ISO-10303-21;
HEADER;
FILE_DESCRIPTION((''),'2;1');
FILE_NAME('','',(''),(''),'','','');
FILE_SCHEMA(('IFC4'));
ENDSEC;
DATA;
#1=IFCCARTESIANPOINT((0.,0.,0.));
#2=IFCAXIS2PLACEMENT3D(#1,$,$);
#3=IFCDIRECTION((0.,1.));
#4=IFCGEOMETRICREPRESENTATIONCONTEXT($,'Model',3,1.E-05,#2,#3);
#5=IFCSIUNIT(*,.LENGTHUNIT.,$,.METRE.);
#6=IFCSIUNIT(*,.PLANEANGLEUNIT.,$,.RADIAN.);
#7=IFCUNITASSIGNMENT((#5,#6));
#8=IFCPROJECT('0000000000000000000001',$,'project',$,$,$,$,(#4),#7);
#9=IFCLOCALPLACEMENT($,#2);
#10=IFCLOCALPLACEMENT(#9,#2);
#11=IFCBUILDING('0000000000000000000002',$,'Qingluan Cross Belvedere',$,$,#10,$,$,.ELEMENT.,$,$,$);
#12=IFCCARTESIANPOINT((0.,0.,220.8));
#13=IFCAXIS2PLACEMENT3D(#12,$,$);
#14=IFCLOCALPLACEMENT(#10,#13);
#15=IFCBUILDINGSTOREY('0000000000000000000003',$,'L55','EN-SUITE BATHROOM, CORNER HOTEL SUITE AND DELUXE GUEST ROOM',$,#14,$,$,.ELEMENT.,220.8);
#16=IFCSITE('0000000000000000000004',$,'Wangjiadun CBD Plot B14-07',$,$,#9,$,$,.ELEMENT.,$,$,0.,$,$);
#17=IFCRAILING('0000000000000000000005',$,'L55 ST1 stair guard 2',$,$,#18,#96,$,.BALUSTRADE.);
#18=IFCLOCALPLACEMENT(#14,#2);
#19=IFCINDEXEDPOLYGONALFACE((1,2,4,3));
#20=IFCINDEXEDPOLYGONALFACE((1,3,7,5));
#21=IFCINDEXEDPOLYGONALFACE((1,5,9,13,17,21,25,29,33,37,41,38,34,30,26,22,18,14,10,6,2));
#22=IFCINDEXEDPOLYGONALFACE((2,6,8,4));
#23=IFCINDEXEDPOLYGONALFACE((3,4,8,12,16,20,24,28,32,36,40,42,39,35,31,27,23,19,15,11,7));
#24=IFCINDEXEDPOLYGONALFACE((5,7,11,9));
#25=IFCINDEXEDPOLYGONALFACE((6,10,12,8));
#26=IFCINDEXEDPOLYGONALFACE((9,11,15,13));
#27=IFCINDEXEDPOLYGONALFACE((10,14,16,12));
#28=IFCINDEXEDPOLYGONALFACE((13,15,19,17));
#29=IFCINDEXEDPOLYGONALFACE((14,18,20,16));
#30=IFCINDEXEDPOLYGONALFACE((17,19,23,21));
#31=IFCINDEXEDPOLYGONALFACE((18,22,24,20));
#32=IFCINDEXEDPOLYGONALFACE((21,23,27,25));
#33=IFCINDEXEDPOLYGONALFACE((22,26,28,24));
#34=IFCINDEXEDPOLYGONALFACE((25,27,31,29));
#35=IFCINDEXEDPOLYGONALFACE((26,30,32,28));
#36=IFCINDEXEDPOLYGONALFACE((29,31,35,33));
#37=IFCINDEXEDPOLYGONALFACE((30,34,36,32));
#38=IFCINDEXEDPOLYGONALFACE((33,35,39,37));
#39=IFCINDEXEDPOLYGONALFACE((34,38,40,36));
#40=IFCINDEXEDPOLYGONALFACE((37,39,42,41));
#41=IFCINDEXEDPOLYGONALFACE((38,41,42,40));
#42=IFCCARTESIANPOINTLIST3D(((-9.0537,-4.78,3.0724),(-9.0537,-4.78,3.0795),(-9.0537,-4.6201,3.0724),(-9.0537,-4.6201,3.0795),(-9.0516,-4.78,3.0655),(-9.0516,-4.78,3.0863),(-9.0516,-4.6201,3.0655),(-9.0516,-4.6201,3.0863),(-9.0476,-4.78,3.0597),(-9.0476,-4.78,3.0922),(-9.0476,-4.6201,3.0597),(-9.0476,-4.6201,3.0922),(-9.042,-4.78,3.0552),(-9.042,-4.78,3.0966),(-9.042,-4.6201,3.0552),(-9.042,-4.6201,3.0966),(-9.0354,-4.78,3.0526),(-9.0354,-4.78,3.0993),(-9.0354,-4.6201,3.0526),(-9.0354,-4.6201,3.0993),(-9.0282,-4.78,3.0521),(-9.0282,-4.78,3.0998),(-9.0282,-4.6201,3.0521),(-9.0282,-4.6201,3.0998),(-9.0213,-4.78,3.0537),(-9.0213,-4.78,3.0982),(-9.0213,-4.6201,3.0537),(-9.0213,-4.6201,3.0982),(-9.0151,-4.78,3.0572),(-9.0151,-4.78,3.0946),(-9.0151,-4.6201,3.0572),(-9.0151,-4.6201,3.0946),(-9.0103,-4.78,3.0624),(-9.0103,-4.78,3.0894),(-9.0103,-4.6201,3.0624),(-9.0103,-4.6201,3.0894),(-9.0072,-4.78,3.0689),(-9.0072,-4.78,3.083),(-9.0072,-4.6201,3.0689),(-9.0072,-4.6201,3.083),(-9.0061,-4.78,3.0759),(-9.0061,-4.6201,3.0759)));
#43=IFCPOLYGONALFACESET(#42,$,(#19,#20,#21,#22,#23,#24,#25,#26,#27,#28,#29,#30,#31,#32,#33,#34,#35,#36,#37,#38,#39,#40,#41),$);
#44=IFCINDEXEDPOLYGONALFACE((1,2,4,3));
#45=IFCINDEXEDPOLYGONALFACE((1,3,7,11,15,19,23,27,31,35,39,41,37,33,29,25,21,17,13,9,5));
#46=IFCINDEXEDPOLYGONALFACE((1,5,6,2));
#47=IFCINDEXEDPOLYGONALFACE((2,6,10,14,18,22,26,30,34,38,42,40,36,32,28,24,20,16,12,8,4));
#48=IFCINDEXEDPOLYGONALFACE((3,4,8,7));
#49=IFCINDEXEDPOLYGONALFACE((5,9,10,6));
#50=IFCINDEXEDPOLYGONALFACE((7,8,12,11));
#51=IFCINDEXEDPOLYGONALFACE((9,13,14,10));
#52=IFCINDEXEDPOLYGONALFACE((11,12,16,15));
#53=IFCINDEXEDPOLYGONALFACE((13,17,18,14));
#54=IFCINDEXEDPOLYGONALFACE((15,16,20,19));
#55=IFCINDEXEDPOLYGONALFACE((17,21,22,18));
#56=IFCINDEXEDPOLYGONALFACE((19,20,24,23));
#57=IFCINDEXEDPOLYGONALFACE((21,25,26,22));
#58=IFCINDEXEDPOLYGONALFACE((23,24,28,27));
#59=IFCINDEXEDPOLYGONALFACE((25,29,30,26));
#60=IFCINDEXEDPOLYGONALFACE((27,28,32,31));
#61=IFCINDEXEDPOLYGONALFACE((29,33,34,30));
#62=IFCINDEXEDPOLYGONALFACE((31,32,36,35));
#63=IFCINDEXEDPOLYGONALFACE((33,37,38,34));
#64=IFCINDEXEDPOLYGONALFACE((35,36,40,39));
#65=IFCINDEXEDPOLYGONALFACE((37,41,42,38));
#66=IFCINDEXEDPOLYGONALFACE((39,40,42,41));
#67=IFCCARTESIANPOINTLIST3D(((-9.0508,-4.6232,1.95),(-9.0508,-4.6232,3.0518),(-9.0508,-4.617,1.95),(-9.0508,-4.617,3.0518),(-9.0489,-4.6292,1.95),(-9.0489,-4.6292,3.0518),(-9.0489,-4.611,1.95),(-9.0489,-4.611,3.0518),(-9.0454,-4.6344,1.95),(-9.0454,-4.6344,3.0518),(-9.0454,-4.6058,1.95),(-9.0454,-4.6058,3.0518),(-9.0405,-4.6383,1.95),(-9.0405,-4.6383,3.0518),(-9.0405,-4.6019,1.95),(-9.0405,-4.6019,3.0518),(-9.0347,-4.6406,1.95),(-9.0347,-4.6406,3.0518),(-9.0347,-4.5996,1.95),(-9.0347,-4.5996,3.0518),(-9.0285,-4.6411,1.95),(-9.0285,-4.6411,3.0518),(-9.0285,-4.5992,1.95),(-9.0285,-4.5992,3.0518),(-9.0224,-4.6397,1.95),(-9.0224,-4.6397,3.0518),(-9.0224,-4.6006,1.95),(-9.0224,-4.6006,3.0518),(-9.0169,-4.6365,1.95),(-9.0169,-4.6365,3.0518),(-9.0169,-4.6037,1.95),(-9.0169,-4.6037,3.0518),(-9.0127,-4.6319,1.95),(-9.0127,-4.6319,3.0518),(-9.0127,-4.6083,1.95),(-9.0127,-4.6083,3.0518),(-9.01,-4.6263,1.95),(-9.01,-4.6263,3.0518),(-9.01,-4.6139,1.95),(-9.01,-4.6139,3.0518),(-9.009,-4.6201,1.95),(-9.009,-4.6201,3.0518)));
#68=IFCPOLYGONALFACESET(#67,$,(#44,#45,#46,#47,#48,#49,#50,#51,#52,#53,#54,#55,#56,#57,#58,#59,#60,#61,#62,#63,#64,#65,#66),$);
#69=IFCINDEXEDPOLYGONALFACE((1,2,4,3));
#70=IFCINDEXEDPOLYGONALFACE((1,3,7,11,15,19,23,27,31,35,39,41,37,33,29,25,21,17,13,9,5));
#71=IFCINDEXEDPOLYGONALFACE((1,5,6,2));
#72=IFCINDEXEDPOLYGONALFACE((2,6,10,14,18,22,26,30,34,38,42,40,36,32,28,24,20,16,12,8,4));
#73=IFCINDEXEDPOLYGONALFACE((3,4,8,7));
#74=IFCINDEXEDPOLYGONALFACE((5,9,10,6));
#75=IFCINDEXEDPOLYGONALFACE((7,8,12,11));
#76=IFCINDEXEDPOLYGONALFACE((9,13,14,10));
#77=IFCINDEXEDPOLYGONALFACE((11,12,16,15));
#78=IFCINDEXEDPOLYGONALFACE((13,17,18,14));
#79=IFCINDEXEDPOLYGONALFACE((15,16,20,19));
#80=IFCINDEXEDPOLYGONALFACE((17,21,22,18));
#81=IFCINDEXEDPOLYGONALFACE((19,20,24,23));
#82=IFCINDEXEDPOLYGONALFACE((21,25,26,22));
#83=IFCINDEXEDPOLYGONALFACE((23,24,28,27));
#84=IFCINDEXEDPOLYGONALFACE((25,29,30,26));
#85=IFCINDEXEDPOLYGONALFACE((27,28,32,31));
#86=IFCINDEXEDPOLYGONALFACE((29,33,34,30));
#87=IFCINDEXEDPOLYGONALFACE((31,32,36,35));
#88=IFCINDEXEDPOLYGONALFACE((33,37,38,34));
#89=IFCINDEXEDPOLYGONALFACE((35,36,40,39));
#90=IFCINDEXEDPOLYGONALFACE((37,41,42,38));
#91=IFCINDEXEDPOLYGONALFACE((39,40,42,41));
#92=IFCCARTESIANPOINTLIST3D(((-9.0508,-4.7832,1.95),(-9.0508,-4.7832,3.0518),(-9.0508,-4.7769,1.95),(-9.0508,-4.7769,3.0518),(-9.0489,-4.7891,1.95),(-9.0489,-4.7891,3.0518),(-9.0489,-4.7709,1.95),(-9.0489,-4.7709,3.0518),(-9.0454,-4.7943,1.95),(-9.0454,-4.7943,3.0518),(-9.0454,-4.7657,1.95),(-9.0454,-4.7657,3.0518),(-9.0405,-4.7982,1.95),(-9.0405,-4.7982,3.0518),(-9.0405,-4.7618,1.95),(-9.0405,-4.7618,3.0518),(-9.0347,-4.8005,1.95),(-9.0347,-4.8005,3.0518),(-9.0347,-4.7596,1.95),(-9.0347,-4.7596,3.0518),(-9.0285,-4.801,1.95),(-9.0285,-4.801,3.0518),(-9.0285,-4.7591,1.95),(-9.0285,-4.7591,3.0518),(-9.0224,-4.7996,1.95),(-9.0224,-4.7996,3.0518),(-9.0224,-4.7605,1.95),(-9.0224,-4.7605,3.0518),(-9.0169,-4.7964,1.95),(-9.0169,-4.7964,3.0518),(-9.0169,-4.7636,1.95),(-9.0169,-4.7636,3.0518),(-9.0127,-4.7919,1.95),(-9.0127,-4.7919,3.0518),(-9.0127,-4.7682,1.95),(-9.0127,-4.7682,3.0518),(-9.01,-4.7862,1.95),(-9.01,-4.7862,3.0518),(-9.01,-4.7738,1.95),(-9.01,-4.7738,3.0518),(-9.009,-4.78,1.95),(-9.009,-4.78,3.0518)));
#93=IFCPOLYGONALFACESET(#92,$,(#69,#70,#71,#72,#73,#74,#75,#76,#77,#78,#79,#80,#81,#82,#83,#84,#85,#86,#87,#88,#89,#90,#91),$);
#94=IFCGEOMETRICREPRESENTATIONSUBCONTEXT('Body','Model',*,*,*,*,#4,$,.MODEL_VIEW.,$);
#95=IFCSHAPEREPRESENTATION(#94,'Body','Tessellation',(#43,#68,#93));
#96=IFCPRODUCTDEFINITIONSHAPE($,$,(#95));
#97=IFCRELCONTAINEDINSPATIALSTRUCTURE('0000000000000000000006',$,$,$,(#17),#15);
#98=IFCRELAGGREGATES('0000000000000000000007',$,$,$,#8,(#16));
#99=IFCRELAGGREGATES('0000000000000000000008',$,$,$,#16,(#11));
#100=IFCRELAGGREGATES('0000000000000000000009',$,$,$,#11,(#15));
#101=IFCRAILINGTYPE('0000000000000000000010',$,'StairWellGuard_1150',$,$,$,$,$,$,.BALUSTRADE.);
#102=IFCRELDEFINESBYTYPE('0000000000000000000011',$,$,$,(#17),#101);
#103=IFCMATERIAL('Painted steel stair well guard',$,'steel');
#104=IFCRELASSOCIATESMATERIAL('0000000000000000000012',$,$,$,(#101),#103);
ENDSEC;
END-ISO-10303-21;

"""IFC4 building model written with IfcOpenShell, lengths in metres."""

from ifc_helpers import new_model, si_unit, direction, frame, origin, origin_2d, place, context, subcontext, project, spatial, circle, extrude, material, type_object, element, save


model = new_model("IFC4")

# Units and contexts
model_context = context("Model", 3, precision=1e-05, world=origin(), true_north=direction((0.0, 1.0)))
body_context = subcontext(model_context, "Body", "Model", "MODEL_VIEW")
ifc_project = project(units=[si_unit("LENGTHUNIT", "METRE"), si_unit("PLANEANGLEUNIT", "RADIAN")], contexts=[model_context])

# Site, building, storey
site_placement = place(None, origin())
site = spatial("IfcSite", under=ifc_project, at=site_placement, Name="Wangjiadun CBD Plot B14-07", CompositionType="ELEMENT", RefElevation=0.0)
building_placement = place(site_placement, origin())
building = spatial("IfcBuilding", under=site, at=building_placement, Name="Qingluan Cross Belvedere", CompositionType="ELEMENT")
storey_placement = place(building_placement, frame((0.0, 0.0, 220.8)))
storey = spatial("IfcBuildingStorey", under=building, at=storey_placement, Name="L55", Description="EN-SUITE BATHROOM, CORNER HOTEL SUITE AND DELUXE GUEST ROOM", CompositionType="ELEMENT", Elevation=220.8)

# Railing
ifc_material_1 = material(Name="Painted steel stair well guard", Category="steel")
railing_type_1 = type_object("IfcRailingType", Name="StairWellGuard_1150", PredefinedType="BALUSTRADE", material=ifc_material_1)
railing_1_placement = place(storey_placement, frame((-9.03, -4.6201, 1.95)))
element("IfcRailing", 1, at=railing_1_placement, inside=storey, type_object=railing_type_1, Name="L55 ST1 stair guard 2", PredefinedType="BALUSTRADE", context=body_context, shape_type="SweptSolid", body=[
    extrude(circle(Radius=0.0239, at=origin_2d()), frame((0.0, 0.0, 1.126), z_axis=(0.0, -1.0, 0.0), x_axis=(1.0, 0.0, 0.0)), (0.0, 0.0, 1.0), 0.1599),
    extrude(circle(Radius=0.021, at=origin_2d()), origin(), (0.0, 0.0, 1.0), 1.1018),
    extrude(circle(Radius=0.021, at=origin_2d()), frame((0.0, -0.1599, 0.0)), (0.0, 0.0, 1.0), 1.1018),
])

save(model, "model.ifc")
